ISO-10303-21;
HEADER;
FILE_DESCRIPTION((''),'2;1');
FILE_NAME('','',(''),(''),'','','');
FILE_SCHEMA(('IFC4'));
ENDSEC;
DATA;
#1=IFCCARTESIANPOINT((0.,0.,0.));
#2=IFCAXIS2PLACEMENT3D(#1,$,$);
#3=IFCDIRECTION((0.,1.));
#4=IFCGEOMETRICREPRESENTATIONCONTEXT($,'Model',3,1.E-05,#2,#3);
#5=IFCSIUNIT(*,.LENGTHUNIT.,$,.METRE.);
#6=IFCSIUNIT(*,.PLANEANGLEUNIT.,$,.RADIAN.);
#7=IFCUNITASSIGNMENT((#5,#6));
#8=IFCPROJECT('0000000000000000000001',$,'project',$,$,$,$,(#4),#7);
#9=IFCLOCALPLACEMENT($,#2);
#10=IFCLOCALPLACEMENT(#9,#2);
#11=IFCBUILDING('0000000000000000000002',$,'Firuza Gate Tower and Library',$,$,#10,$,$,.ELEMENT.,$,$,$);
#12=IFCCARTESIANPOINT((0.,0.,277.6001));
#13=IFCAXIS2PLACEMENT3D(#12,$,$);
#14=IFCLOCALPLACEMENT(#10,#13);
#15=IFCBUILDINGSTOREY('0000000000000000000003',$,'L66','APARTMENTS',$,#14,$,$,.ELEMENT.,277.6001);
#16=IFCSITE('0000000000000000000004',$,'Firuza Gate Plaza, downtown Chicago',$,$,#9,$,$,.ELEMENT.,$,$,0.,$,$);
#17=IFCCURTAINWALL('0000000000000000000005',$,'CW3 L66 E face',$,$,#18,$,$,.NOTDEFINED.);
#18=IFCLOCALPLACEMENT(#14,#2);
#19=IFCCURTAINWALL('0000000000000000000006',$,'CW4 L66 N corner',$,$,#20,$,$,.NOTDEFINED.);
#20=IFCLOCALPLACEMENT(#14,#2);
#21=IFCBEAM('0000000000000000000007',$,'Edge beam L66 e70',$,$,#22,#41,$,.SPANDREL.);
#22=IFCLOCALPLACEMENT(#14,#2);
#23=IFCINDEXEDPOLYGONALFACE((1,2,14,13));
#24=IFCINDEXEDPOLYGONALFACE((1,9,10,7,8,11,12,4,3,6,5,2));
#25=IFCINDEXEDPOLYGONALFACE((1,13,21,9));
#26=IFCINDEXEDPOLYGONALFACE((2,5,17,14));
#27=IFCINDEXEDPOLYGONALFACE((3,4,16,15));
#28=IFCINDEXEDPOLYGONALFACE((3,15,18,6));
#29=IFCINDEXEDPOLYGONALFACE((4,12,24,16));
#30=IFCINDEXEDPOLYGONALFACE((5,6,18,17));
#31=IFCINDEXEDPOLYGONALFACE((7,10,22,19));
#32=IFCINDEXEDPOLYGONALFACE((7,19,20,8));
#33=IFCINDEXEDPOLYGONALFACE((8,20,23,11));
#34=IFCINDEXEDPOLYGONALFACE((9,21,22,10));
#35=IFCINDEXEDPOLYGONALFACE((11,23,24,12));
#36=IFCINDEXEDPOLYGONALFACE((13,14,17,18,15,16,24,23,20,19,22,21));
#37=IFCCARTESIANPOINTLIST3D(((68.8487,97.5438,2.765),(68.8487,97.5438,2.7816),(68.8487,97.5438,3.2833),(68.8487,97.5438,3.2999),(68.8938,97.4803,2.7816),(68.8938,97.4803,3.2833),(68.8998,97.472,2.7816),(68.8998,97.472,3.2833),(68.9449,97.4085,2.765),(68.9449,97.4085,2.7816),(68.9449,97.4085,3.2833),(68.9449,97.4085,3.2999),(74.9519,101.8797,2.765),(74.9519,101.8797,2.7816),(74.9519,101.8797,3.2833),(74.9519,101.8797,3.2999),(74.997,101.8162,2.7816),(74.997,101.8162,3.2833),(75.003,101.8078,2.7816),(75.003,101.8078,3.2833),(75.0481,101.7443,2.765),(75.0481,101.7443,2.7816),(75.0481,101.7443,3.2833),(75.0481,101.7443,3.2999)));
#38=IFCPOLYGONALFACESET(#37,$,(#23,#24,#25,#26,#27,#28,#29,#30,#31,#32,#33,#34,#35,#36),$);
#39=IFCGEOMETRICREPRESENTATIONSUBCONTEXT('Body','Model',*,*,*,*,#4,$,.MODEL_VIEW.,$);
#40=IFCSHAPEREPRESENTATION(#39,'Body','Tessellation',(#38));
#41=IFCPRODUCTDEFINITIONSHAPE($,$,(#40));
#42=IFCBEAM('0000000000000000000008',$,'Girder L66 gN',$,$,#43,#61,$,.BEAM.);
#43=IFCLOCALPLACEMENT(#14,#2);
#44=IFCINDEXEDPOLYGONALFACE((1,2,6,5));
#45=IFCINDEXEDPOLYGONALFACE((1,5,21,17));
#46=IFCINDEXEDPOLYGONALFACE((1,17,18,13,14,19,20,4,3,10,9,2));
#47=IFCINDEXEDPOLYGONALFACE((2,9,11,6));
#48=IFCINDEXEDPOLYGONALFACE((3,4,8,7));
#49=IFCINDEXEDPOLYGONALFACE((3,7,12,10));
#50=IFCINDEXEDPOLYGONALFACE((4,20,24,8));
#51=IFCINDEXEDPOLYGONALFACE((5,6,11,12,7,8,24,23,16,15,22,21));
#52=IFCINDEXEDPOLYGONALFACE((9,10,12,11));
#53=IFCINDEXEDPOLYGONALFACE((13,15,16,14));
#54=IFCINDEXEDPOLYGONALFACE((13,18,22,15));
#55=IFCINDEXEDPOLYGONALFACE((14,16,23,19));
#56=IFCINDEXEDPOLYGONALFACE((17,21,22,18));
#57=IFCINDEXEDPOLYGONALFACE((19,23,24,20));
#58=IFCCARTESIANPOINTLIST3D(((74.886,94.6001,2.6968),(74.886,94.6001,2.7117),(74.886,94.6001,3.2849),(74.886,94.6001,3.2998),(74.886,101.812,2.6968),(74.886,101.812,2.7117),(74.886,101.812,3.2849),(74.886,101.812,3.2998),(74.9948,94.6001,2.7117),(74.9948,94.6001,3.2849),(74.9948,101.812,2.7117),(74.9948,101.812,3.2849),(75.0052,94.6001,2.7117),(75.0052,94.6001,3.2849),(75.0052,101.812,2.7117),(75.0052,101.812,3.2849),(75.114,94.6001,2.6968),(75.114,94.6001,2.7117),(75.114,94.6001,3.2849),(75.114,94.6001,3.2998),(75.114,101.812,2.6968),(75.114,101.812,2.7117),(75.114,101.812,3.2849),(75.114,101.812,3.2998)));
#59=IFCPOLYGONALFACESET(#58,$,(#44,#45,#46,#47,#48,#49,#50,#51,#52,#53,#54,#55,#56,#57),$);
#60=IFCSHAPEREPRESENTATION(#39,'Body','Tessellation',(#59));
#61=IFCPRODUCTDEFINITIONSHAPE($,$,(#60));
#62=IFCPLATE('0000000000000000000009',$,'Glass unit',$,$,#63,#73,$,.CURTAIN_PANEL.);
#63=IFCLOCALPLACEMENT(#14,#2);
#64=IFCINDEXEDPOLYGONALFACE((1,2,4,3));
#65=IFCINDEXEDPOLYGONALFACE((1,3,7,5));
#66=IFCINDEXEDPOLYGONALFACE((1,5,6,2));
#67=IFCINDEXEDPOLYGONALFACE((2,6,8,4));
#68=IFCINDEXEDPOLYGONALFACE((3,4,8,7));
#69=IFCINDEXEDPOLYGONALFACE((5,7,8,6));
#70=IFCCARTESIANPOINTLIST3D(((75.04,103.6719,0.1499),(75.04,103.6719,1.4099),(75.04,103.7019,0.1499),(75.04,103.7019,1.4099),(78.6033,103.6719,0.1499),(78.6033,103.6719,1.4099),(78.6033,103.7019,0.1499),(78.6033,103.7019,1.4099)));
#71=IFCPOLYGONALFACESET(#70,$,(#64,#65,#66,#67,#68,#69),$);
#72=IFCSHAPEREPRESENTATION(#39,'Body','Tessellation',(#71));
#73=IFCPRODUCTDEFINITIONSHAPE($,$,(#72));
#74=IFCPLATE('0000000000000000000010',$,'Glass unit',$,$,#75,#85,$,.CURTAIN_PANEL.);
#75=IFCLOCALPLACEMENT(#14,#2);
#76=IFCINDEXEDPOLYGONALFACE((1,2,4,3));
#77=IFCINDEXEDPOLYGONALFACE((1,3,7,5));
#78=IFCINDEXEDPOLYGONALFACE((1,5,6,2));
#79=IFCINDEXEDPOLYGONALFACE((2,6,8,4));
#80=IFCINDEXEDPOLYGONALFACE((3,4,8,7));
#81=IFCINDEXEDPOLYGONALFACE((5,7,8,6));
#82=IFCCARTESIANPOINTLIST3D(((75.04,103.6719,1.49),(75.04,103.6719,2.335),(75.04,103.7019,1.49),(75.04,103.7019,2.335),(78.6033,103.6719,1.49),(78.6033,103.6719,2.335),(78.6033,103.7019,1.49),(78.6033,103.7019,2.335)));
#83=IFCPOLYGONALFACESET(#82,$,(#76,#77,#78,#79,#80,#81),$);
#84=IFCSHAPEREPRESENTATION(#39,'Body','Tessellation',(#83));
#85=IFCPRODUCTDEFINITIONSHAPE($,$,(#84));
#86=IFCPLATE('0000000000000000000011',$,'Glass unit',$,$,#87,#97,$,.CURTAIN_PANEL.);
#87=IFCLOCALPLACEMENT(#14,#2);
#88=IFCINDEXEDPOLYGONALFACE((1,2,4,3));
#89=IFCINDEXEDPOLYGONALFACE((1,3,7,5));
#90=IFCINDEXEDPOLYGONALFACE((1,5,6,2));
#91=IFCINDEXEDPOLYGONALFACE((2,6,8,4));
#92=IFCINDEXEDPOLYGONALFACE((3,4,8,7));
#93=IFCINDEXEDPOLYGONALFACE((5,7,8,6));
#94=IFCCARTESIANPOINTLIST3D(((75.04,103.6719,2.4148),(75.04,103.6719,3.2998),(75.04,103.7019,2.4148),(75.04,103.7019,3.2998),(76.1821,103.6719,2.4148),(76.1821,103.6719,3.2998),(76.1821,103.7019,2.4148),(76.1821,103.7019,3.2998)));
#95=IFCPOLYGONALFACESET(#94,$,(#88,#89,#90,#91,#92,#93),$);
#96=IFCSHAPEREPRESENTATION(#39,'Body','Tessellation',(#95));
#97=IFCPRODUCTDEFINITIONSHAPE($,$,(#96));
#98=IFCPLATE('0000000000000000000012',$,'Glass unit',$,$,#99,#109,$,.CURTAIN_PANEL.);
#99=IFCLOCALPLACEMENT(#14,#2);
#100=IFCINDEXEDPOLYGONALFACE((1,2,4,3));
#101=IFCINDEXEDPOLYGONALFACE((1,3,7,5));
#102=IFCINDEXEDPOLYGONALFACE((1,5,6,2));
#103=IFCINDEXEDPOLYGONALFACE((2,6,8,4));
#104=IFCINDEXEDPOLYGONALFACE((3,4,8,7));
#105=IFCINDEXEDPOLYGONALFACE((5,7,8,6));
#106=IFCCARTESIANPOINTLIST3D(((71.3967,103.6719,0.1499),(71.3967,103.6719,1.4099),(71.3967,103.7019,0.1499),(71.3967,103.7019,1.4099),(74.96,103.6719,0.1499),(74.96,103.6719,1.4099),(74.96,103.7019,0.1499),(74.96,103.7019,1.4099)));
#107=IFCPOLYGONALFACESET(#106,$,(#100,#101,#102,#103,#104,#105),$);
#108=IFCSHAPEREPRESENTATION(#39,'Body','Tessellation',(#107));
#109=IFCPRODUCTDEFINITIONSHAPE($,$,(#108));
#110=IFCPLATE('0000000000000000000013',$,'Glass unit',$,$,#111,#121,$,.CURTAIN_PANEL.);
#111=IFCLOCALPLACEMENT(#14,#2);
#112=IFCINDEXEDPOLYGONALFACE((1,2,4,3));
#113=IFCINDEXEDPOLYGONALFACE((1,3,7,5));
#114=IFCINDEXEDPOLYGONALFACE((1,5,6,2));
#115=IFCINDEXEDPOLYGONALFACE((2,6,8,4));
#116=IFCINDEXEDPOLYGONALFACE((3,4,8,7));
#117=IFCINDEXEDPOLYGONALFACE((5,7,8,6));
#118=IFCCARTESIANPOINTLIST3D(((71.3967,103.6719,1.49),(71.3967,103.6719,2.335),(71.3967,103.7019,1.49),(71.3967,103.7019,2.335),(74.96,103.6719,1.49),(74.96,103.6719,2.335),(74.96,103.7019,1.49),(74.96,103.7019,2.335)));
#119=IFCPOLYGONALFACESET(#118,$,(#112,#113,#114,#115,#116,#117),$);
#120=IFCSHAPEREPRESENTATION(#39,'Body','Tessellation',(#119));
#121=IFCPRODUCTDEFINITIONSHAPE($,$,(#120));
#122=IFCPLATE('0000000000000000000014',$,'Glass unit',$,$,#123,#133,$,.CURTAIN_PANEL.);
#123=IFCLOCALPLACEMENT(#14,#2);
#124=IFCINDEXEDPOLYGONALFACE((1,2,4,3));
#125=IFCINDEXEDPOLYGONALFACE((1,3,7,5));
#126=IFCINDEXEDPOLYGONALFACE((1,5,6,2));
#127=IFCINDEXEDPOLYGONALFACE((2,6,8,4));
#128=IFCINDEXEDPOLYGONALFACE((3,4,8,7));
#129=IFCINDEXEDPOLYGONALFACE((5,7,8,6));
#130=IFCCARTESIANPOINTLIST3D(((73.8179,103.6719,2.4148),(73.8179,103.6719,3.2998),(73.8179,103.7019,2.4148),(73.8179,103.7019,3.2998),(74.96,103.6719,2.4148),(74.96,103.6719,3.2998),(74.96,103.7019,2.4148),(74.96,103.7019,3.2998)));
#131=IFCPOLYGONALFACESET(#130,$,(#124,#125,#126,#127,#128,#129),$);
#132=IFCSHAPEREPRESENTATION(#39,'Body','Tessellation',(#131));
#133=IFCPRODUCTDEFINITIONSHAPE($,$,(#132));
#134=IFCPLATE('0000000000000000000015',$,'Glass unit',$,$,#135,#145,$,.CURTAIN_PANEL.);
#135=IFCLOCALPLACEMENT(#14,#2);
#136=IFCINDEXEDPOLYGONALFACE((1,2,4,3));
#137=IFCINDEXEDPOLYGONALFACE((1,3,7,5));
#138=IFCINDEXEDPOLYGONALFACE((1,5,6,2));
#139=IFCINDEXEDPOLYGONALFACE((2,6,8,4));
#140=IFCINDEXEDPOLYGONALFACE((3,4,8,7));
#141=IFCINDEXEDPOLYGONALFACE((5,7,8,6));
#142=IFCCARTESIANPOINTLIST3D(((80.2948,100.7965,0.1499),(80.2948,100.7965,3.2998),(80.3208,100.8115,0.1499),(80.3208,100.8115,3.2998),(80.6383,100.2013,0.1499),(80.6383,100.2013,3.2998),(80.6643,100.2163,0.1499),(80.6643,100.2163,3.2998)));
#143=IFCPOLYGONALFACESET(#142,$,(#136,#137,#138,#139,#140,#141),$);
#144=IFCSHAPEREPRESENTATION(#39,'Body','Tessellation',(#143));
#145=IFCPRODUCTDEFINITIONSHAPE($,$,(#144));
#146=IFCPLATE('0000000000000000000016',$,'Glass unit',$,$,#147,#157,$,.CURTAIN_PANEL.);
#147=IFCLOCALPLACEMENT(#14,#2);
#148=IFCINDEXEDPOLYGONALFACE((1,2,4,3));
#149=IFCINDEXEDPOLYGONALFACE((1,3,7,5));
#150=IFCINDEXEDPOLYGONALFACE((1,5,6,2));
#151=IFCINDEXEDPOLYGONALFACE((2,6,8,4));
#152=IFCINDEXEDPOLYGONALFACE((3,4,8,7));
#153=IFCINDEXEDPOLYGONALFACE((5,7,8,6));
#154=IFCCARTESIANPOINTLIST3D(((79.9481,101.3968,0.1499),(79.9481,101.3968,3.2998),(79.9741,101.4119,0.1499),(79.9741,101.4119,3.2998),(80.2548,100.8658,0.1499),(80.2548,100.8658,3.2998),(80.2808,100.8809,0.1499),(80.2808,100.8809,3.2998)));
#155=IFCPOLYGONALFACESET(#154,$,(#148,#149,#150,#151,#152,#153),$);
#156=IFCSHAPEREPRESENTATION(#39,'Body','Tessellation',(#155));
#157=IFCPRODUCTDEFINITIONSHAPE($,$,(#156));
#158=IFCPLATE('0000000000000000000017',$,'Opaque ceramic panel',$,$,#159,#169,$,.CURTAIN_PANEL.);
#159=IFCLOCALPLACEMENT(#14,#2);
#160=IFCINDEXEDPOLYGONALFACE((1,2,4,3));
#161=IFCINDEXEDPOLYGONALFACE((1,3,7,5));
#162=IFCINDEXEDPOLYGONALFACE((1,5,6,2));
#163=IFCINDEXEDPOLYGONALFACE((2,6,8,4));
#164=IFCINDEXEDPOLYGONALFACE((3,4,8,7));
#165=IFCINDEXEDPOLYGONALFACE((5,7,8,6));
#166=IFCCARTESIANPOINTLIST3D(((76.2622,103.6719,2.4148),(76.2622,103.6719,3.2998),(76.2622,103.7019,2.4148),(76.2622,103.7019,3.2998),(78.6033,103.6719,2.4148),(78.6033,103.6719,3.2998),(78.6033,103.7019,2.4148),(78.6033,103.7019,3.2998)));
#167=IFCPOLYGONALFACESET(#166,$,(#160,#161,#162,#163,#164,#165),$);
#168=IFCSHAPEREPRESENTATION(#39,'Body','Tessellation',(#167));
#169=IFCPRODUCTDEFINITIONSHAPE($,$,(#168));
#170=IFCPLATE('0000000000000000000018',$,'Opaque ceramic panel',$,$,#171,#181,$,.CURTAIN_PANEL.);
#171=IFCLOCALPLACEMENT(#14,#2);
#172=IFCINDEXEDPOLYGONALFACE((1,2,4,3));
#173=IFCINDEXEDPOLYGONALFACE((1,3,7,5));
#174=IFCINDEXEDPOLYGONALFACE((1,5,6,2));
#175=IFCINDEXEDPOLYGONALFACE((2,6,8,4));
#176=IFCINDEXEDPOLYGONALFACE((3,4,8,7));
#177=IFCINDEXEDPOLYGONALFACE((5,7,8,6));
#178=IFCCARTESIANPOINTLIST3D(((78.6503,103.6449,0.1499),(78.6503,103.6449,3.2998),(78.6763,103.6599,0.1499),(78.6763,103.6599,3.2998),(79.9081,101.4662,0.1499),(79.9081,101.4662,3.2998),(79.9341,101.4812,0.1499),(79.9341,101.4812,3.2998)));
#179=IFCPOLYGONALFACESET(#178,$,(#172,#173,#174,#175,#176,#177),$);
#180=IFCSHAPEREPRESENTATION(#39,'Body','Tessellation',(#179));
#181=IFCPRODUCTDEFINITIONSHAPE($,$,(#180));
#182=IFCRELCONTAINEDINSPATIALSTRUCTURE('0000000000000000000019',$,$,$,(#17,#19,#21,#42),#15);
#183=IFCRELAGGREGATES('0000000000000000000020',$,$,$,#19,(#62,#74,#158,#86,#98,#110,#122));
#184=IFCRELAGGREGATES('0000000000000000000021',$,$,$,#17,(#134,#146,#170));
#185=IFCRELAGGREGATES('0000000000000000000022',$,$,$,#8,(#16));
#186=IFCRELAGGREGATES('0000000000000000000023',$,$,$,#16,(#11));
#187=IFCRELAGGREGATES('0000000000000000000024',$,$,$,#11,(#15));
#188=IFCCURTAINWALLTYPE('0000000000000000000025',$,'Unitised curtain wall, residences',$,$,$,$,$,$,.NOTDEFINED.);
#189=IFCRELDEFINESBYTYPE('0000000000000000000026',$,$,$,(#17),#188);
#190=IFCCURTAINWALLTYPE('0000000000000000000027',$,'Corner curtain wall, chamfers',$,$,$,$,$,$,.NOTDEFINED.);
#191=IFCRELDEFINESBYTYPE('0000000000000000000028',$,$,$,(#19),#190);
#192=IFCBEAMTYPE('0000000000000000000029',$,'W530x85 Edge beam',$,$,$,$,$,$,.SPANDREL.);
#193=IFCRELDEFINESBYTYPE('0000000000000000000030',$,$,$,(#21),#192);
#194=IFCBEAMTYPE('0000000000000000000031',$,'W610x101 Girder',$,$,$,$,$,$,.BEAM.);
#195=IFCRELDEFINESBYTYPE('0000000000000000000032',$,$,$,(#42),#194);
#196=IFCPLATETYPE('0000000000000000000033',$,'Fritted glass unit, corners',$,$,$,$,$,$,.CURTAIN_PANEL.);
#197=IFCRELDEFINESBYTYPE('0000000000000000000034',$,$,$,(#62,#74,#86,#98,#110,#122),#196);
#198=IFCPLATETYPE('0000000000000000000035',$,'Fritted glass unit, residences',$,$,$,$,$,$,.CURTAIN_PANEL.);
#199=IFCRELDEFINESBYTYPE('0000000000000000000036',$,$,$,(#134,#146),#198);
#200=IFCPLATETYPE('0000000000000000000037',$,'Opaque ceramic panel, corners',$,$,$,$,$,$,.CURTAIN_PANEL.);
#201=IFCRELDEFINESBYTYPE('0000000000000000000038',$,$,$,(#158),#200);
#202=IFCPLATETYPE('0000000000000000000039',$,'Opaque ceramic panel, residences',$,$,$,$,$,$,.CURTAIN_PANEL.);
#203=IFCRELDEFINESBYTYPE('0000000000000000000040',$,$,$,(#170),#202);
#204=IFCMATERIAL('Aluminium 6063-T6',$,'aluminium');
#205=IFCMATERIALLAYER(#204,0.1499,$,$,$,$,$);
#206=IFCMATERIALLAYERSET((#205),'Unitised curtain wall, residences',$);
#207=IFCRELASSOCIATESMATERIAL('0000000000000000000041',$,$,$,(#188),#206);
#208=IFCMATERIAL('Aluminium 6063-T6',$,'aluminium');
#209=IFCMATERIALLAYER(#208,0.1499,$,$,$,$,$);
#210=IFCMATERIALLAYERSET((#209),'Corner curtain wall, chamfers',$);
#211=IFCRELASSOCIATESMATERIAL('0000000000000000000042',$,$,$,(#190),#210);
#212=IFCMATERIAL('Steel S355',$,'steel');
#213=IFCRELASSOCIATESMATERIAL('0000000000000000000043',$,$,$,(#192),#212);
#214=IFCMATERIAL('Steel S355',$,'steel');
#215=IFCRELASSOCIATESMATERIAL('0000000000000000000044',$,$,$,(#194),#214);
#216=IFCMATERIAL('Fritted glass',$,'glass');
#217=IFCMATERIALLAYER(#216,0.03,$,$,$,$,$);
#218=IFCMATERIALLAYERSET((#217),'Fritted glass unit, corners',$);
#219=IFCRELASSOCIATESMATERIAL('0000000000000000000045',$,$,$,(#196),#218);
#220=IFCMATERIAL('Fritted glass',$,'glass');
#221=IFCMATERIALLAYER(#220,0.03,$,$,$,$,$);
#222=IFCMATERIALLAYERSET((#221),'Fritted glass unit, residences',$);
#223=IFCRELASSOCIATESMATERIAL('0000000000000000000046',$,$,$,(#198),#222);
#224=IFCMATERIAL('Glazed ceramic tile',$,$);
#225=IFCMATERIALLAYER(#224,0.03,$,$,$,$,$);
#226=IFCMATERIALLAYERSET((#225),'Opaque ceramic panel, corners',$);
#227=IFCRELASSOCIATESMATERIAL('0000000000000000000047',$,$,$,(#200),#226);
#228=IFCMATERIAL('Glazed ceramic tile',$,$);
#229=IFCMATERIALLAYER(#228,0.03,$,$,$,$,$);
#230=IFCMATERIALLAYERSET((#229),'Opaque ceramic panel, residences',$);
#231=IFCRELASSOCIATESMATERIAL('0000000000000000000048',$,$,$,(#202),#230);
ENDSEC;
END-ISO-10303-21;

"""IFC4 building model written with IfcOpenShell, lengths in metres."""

from ifc_helpers import new_model, si_unit, direction, frame, origin, origin_2d, place, context, subcontext, project, spatial, polyline, i_section, outline, extrude, material, layer, layer_set, material_profile, profile_set, type_object, element, aggregate, save


model = new_model("IFC4")

# Units and contexts
model_context = context("Model", 3, precision=1e-05, world=origin(), true_north=direction((0.0, 1.0)))
body_context = subcontext(model_context, "Body", "Model", "MODEL_VIEW")
ifc_project = project(units=[si_unit("LENGTHUNIT", "METRE"), si_unit("PLANEANGLEUNIT", "RADIAN")], contexts=[model_context])

# Site, building, storey
site_placement = place(None, origin())
site = spatial("IfcSite", under=ifc_project, at=site_placement, Name="Firuza Gate Plaza, downtown Chicago", CompositionType="ELEMENT", RefElevation=0.0)
building_placement = place(site_placement, origin())
building = spatial("IfcBuilding", under=site, at=building_placement, Name="Firuza Gate Tower and Library", CompositionType="ELEMENT")
storey_placement = place(building_placement, frame((0.0, 0.0, 277.6001)))
storey = spatial("IfcBuildingStorey", under=building, at=storey_placement, Name="L66", Description="APARTMENTS", CompositionType="ELEMENT", Elevation=277.6001)

# Curtain walls
ifc_material_1 = material(Name="Aluminium 6063-T6", Category="aluminium")
ifc_layer_1 = layer(ifc_material_1, 0.1499)
ifc_layer_set_1 = layer_set([ifc_layer_1], Name="Unitised curtain wall, residences")
curtain_wall_type_1 = type_object("IfcCurtainWallType", Name="Unitised curtain wall, residences", PredefinedType="NOTDEFINED", material=ifc_layer_set_1)
placement = place(storey_placement, origin())
curtain_wall_1 = element("IfcCurtainWall", 1, at=placement, inside=storey, type_object=curtain_wall_type_1, Name="CW3 L66 E face", PredefinedType="NOTDEFINED")
ifc_material_2 = material(Name="Aluminium 6063-T6", Category="aluminium")
ifc_layer_2 = layer(ifc_material_2, 0.1499)
ifc_layer_set_2 = layer_set([ifc_layer_2], Name="Corner curtain wall, chamfers")
curtain_wall_type_2 = type_object("IfcCurtainWallType", Name="Corner curtain wall, chamfers", PredefinedType="NOTDEFINED", material=ifc_layer_set_2)
curtain_wall_2 = element("IfcCurtainWall", 2, at=placement, inside=storey, type_object=curtain_wall_type_2, Name="CW4 L66 N corner", PredefinedType="NOTDEFINED")

# Beams
ifc_material_3 = material(Name="Steel S355", Category="steel")
ifc_material_profile_1 = material_profile(ifc_material_3, i_section(OverallWidth=0.166, OverallDepth=0.5349, WebThickness=0.0103, FlangeThickness=0.0166, at=origin_2d()))
ifc_profile_set_1 = profile_set([ifc_material_profile_1], Name="Steel S355")
beam_type_1 = type_object("IfcBeamType", Name="W530x85 Edge beam", PredefinedType="SPANDREL", material=ifc_profile_set_1)
beam_1_placement = place(storey_placement, frame((75.0, 101.812, 3.0325), z_axis=(-0.815218, -0.579154, 0.0), x_axis=(0.579154, -0.815218, 0.0)))
element("IfcBeam", 3, at=beam_1_placement, inside=storey, type_object=beam_type_1, Name="Edge beam L66 e70", PredefinedType="SPANDREL", context=body_context, shape_type="SweptSolid", body=[
    extrude(i_section(OverallWidth=0.166, OverallDepth=0.5349, WebThickness=0.0103, FlangeThickness=0.0166, at=origin_2d()), origin(), (0.0, 0.0, 1.0), 7.4866),
])
ifc_material_4 = material(Name="Steel S355", Category="steel")
ifc_material_profile_2 = material_profile(ifc_material_4, i_section(OverallWidth=0.228, OverallDepth=0.603, WebThickness=0.0105, FlangeThickness=0.0149, at=origin_2d()))
ifc_profile_set_2 = profile_set([ifc_material_profile_2], Name="Steel S355")
beam_type_2 = type_object("IfcBeamType", Name="W610x101 Girder", PredefinedType="BEAM", material=ifc_profile_set_2)
beam_2_placement = place(storey_placement, frame((75.0, 101.812, 2.9983), z_axis=(0.0, -1.0, 0.0), x_axis=(1.0, 0.0, 0.0)))
element("IfcBeam", 4, at=beam_2_placement, inside=storey, type_object=beam_type_2, Name="Girder L66 gN", PredefinedType="BEAM", context=body_context, shape_type="SweptSolid", body=[
    extrude(i_section(OverallWidth=0.228, OverallDepth=0.603, WebThickness=0.0105, FlangeThickness=0.0149, at=origin_2d()), origin(), (0.0, 0.0, 1.0), 7.2119),
])

# Plates
ifc_material_5 = material(Name="Fritted glass", Category="glass")
ifc_layer_3 = layer(ifc_material_5, 0.03)
ifc_layer_set_3 = layer_set([ifc_layer_3], Name="Fritted glass unit, corners")
plate_type_1 = type_object("IfcPlateType", Name="Fritted glass unit, corners", PredefinedType="CURTAIN_PANEL", material=ifc_layer_set_3)
plate_1_placement = place(storey_placement, frame((78.6033, 103.7019, 0.1499), z_axis=(0.0, 1.0, 0.0), x_axis=(-1.0, 0.0, 0.0)))
plate_1 = element("IfcPlate", 5, at=plate_1_placement, type_object=plate_type_1, Name="Glass unit", PredefinedType="CURTAIN_PANEL", context=body_context, shape_type="SweptSolid", body=[
    extrude(outline(polyline([(0.0, 0.0), (3.5632, 0.0), (3.5632, 1.26), (0.0, 1.26), (0.0, 0.0)])), origin(), (0.0, 0.0, -1.0), 0.03),
])
plate_2_placement = place(storey_placement, frame((78.6033, 103.7019, 1.49), z_axis=(0.0, 1.0, 0.0), x_axis=(-1.0, 0.0, 0.0)))
plate_2 = element("IfcPlate", 6, at=plate_2_placement, type_object=plate_type_1, Name="Glass unit", PredefinedType="CURTAIN_PANEL", context=body_context, shape_type="SweptSolid", body=[
    extrude(outline(polyline([(0.0, 0.0), (3.5632, 0.0), (3.5632, 0.845), (0.0, 0.845), (0.0, 0.0)])), origin(), (0.0, 0.0, -1.0), 0.03),
])
plate_3_placement = place(storey_placement, frame((76.1821, 103.7019, 2.4148), z_axis=(0.0, 1.0, 0.0), x_axis=(-1.0, 0.0, 0.0)))
plate_3 = element("IfcPlate", 7, at=plate_3_placement, type_object=plate_type_1, Name="Glass unit", PredefinedType="CURTAIN_PANEL", context=body_context, shape_type="SweptSolid", body=[
    extrude(outline(polyline([(0.0, 0.0), (1.1421, 0.0), (1.1421, 0.885), (0.0, 0.885), (0.0, 0.0)])), origin(), (0.0, 0.0, -1.0), 0.03),
])
plate_4_placement = place(storey_placement, frame((74.96, 103.7019, 0.1499), z_axis=(0.0, 1.0, 0.0), x_axis=(-1.0, 0.0, 0.0)))
plate_4 = element("IfcPlate", 8, at=plate_4_placement, type_object=plate_type_1, Name="Glass unit", PredefinedType="CURTAIN_PANEL", context=body_context, shape_type="SweptSolid", body=[
    extrude(outline(polyline([(0.0, 0.0), (3.5632, 0.0), (3.5632, 1.26), (0.0, 1.26), (0.0, 0.0)])), origin(), (0.0, 0.0, -1.0), 0.03),
])
plate_5_placement = place(storey_placement, frame((74.96, 103.7019, 1.49), z_axis=(0.0, 1.0, 0.0), x_axis=(-1.0, 0.0, 0.0)))
plate_5 = element("IfcPlate", 9, at=plate_5_placement, type_object=plate_type_1, Name="Glass unit", PredefinedType="CURTAIN_PANEL", context=body_context, shape_type="SweptSolid", body=[
    extrude(outline(polyline([(0.0, 0.0), (3.5632, 0.0), (3.5632, 0.845), (0.0, 0.845), (0.0, 0.0)])), origin(), (0.0, 0.0, -1.0), 0.03),
])
plate_6_placement = place(storey_placement, frame((74.96, 103.7019, 2.4148), z_axis=(0.0, 1.0, 0.0), x_axis=(-1.0, 0.0, 0.0)))
plate_6 = element("IfcPlate", 10, at=plate_6_placement, type_object=plate_type_1, Name="Glass unit", PredefinedType="CURTAIN_PANEL", context=body_context, shape_type="SweptSolid", body=[
    extrude(outline(polyline([(0.0, 0.0), (1.1421, 0.0), (1.1421, 0.885), (0.0, 0.885), (0.0, 0.0)])), origin(), (0.0, 0.0, -1.0), 0.03),
])
ifc_material_6 = material(Name="Fritted glass", Category="glass")
ifc_layer_4 = layer(ifc_material_6, 0.03)
ifc_layer_set_4 = layer_set([ifc_layer_4], Name="Fritted glass unit, residences")
plate_type_2 = type_object("IfcPlateType", Name="Fritted glass unit, residences", PredefinedType="CURTAIN_PANEL", material=ifc_layer_set_4)
plate_7_placement = place(storey_placement, frame((80.6643, 100.2163, 0.1499), z_axis=(0.866115, 0.499845, 0.0), x_axis=(-0.499845, 0.866115, 0.0)))
plate_7 = element("IfcPlate", 11, at=plate_7_placement, type_object=plate_type_2, Name="Glass unit", PredefinedType="CURTAIN_PANEL", context=body_context, shape_type="SweptSolid", body=[
    extrude(outline(polyline([(0.0, 0.0), (0.6872, 0.0), (0.6872, 3.1499), (0.0, 3.1499), (0.0, 0.0)])), origin(), (0.0, 0.0, -1.0), 0.03),
])
plate_8_placement = place(storey_placement, frame((80.2808, 100.8809, 0.1499), z_axis=(0.86598, 0.500079, 0.0), x_axis=(-0.500079, 0.86598, 0.0)))
plate_8 = element("IfcPlate", 12, at=plate_8_placement, type_object=plate_type_2, Name="Glass unit", PredefinedType="CURTAIN_PANEL", context=body_context, shape_type="SweptSolid", body=[
    extrude(outline(polyline([(0.0, 0.0), (0.6132, 0.0), (0.6132, 3.1499), (0.0, 3.1499), (0.0, 0.0)])), origin(), (0.0, 0.0, -1.0), 0.03),
])
ifc_material_7 = material(Name="Glazed ceramic tile")
ifc_layer_5 = layer(ifc_material_7, 0.03)
ifc_layer_set_5 = layer_set([ifc_layer_5], Name="Opaque ceramic panel, corners")
plate_type_3 = type_object("IfcPlateType", Name="Opaque ceramic panel, corners", PredefinedType="CURTAIN_PANEL", material=ifc_layer_set_5)
plate_9_placement = place(storey_placement, frame((78.6033, 103.7019, 2.4148), z_axis=(0.0, 1.0, 0.0), x_axis=(-1.0, 0.0, 0.0)))
plate_9 = element("IfcPlate", 13, at=plate_9_placement, type_object=plate_type_3, Name="Opaque ceramic panel", PredefinedType="CURTAIN_PANEL", context=body_context, shape_type="SweptSolid", body=[
    extrude(outline(polyline([(0.0, 0.0), (2.3411, 0.0), (2.3411, 0.885), (0.0, 0.885), (0.0, 0.0)])), origin(), (0.0, 0.0, -1.0), 0.03),
])
aggregate(curtain_wall_2, [plate_1, plate_2, plate_9, plate_3, plate_4, plate_5, plate_6])
ifc_material_8 = material(Name="Glazed ceramic tile")
ifc_layer_6 = layer(ifc_material_8, 0.03)
ifc_layer_set_6 = layer_set([ifc_layer_6], Name="Opaque ceramic panel, residences")
plate_type_4 = type_object("IfcPlateType", Name="Opaque ceramic panel, residences", PredefinedType="CURTAIN_PANEL", material=ifc_layer_set_6)
plate_10_placement = place(storey_placement, frame((79.9341, 101.4812, 0.1499), z_axis=(0.866037, 0.49998, 0.0), x_axis=(-0.49998, 0.866037, 0.0)))
plate_10 = element("IfcPlate", 14, at=plate_10_placement, type_object=plate_type_4, Name="Opaque ceramic panel", PredefinedType="CURTAIN_PANEL", context=body_context, shape_type="SweptSolid", body=[
    extrude(outline(polyline([(0.0, 0.0), (2.5157, 0.0), (2.5157, 3.1499), (0.0, 3.1499), (0.0, 0.0)])), origin(), (0.0, 0.0, -1.0), 0.03),
])
aggregate(curtain_wall_1, [plate_7, plate_8, plate_10])

save(model, "model.ifc")
